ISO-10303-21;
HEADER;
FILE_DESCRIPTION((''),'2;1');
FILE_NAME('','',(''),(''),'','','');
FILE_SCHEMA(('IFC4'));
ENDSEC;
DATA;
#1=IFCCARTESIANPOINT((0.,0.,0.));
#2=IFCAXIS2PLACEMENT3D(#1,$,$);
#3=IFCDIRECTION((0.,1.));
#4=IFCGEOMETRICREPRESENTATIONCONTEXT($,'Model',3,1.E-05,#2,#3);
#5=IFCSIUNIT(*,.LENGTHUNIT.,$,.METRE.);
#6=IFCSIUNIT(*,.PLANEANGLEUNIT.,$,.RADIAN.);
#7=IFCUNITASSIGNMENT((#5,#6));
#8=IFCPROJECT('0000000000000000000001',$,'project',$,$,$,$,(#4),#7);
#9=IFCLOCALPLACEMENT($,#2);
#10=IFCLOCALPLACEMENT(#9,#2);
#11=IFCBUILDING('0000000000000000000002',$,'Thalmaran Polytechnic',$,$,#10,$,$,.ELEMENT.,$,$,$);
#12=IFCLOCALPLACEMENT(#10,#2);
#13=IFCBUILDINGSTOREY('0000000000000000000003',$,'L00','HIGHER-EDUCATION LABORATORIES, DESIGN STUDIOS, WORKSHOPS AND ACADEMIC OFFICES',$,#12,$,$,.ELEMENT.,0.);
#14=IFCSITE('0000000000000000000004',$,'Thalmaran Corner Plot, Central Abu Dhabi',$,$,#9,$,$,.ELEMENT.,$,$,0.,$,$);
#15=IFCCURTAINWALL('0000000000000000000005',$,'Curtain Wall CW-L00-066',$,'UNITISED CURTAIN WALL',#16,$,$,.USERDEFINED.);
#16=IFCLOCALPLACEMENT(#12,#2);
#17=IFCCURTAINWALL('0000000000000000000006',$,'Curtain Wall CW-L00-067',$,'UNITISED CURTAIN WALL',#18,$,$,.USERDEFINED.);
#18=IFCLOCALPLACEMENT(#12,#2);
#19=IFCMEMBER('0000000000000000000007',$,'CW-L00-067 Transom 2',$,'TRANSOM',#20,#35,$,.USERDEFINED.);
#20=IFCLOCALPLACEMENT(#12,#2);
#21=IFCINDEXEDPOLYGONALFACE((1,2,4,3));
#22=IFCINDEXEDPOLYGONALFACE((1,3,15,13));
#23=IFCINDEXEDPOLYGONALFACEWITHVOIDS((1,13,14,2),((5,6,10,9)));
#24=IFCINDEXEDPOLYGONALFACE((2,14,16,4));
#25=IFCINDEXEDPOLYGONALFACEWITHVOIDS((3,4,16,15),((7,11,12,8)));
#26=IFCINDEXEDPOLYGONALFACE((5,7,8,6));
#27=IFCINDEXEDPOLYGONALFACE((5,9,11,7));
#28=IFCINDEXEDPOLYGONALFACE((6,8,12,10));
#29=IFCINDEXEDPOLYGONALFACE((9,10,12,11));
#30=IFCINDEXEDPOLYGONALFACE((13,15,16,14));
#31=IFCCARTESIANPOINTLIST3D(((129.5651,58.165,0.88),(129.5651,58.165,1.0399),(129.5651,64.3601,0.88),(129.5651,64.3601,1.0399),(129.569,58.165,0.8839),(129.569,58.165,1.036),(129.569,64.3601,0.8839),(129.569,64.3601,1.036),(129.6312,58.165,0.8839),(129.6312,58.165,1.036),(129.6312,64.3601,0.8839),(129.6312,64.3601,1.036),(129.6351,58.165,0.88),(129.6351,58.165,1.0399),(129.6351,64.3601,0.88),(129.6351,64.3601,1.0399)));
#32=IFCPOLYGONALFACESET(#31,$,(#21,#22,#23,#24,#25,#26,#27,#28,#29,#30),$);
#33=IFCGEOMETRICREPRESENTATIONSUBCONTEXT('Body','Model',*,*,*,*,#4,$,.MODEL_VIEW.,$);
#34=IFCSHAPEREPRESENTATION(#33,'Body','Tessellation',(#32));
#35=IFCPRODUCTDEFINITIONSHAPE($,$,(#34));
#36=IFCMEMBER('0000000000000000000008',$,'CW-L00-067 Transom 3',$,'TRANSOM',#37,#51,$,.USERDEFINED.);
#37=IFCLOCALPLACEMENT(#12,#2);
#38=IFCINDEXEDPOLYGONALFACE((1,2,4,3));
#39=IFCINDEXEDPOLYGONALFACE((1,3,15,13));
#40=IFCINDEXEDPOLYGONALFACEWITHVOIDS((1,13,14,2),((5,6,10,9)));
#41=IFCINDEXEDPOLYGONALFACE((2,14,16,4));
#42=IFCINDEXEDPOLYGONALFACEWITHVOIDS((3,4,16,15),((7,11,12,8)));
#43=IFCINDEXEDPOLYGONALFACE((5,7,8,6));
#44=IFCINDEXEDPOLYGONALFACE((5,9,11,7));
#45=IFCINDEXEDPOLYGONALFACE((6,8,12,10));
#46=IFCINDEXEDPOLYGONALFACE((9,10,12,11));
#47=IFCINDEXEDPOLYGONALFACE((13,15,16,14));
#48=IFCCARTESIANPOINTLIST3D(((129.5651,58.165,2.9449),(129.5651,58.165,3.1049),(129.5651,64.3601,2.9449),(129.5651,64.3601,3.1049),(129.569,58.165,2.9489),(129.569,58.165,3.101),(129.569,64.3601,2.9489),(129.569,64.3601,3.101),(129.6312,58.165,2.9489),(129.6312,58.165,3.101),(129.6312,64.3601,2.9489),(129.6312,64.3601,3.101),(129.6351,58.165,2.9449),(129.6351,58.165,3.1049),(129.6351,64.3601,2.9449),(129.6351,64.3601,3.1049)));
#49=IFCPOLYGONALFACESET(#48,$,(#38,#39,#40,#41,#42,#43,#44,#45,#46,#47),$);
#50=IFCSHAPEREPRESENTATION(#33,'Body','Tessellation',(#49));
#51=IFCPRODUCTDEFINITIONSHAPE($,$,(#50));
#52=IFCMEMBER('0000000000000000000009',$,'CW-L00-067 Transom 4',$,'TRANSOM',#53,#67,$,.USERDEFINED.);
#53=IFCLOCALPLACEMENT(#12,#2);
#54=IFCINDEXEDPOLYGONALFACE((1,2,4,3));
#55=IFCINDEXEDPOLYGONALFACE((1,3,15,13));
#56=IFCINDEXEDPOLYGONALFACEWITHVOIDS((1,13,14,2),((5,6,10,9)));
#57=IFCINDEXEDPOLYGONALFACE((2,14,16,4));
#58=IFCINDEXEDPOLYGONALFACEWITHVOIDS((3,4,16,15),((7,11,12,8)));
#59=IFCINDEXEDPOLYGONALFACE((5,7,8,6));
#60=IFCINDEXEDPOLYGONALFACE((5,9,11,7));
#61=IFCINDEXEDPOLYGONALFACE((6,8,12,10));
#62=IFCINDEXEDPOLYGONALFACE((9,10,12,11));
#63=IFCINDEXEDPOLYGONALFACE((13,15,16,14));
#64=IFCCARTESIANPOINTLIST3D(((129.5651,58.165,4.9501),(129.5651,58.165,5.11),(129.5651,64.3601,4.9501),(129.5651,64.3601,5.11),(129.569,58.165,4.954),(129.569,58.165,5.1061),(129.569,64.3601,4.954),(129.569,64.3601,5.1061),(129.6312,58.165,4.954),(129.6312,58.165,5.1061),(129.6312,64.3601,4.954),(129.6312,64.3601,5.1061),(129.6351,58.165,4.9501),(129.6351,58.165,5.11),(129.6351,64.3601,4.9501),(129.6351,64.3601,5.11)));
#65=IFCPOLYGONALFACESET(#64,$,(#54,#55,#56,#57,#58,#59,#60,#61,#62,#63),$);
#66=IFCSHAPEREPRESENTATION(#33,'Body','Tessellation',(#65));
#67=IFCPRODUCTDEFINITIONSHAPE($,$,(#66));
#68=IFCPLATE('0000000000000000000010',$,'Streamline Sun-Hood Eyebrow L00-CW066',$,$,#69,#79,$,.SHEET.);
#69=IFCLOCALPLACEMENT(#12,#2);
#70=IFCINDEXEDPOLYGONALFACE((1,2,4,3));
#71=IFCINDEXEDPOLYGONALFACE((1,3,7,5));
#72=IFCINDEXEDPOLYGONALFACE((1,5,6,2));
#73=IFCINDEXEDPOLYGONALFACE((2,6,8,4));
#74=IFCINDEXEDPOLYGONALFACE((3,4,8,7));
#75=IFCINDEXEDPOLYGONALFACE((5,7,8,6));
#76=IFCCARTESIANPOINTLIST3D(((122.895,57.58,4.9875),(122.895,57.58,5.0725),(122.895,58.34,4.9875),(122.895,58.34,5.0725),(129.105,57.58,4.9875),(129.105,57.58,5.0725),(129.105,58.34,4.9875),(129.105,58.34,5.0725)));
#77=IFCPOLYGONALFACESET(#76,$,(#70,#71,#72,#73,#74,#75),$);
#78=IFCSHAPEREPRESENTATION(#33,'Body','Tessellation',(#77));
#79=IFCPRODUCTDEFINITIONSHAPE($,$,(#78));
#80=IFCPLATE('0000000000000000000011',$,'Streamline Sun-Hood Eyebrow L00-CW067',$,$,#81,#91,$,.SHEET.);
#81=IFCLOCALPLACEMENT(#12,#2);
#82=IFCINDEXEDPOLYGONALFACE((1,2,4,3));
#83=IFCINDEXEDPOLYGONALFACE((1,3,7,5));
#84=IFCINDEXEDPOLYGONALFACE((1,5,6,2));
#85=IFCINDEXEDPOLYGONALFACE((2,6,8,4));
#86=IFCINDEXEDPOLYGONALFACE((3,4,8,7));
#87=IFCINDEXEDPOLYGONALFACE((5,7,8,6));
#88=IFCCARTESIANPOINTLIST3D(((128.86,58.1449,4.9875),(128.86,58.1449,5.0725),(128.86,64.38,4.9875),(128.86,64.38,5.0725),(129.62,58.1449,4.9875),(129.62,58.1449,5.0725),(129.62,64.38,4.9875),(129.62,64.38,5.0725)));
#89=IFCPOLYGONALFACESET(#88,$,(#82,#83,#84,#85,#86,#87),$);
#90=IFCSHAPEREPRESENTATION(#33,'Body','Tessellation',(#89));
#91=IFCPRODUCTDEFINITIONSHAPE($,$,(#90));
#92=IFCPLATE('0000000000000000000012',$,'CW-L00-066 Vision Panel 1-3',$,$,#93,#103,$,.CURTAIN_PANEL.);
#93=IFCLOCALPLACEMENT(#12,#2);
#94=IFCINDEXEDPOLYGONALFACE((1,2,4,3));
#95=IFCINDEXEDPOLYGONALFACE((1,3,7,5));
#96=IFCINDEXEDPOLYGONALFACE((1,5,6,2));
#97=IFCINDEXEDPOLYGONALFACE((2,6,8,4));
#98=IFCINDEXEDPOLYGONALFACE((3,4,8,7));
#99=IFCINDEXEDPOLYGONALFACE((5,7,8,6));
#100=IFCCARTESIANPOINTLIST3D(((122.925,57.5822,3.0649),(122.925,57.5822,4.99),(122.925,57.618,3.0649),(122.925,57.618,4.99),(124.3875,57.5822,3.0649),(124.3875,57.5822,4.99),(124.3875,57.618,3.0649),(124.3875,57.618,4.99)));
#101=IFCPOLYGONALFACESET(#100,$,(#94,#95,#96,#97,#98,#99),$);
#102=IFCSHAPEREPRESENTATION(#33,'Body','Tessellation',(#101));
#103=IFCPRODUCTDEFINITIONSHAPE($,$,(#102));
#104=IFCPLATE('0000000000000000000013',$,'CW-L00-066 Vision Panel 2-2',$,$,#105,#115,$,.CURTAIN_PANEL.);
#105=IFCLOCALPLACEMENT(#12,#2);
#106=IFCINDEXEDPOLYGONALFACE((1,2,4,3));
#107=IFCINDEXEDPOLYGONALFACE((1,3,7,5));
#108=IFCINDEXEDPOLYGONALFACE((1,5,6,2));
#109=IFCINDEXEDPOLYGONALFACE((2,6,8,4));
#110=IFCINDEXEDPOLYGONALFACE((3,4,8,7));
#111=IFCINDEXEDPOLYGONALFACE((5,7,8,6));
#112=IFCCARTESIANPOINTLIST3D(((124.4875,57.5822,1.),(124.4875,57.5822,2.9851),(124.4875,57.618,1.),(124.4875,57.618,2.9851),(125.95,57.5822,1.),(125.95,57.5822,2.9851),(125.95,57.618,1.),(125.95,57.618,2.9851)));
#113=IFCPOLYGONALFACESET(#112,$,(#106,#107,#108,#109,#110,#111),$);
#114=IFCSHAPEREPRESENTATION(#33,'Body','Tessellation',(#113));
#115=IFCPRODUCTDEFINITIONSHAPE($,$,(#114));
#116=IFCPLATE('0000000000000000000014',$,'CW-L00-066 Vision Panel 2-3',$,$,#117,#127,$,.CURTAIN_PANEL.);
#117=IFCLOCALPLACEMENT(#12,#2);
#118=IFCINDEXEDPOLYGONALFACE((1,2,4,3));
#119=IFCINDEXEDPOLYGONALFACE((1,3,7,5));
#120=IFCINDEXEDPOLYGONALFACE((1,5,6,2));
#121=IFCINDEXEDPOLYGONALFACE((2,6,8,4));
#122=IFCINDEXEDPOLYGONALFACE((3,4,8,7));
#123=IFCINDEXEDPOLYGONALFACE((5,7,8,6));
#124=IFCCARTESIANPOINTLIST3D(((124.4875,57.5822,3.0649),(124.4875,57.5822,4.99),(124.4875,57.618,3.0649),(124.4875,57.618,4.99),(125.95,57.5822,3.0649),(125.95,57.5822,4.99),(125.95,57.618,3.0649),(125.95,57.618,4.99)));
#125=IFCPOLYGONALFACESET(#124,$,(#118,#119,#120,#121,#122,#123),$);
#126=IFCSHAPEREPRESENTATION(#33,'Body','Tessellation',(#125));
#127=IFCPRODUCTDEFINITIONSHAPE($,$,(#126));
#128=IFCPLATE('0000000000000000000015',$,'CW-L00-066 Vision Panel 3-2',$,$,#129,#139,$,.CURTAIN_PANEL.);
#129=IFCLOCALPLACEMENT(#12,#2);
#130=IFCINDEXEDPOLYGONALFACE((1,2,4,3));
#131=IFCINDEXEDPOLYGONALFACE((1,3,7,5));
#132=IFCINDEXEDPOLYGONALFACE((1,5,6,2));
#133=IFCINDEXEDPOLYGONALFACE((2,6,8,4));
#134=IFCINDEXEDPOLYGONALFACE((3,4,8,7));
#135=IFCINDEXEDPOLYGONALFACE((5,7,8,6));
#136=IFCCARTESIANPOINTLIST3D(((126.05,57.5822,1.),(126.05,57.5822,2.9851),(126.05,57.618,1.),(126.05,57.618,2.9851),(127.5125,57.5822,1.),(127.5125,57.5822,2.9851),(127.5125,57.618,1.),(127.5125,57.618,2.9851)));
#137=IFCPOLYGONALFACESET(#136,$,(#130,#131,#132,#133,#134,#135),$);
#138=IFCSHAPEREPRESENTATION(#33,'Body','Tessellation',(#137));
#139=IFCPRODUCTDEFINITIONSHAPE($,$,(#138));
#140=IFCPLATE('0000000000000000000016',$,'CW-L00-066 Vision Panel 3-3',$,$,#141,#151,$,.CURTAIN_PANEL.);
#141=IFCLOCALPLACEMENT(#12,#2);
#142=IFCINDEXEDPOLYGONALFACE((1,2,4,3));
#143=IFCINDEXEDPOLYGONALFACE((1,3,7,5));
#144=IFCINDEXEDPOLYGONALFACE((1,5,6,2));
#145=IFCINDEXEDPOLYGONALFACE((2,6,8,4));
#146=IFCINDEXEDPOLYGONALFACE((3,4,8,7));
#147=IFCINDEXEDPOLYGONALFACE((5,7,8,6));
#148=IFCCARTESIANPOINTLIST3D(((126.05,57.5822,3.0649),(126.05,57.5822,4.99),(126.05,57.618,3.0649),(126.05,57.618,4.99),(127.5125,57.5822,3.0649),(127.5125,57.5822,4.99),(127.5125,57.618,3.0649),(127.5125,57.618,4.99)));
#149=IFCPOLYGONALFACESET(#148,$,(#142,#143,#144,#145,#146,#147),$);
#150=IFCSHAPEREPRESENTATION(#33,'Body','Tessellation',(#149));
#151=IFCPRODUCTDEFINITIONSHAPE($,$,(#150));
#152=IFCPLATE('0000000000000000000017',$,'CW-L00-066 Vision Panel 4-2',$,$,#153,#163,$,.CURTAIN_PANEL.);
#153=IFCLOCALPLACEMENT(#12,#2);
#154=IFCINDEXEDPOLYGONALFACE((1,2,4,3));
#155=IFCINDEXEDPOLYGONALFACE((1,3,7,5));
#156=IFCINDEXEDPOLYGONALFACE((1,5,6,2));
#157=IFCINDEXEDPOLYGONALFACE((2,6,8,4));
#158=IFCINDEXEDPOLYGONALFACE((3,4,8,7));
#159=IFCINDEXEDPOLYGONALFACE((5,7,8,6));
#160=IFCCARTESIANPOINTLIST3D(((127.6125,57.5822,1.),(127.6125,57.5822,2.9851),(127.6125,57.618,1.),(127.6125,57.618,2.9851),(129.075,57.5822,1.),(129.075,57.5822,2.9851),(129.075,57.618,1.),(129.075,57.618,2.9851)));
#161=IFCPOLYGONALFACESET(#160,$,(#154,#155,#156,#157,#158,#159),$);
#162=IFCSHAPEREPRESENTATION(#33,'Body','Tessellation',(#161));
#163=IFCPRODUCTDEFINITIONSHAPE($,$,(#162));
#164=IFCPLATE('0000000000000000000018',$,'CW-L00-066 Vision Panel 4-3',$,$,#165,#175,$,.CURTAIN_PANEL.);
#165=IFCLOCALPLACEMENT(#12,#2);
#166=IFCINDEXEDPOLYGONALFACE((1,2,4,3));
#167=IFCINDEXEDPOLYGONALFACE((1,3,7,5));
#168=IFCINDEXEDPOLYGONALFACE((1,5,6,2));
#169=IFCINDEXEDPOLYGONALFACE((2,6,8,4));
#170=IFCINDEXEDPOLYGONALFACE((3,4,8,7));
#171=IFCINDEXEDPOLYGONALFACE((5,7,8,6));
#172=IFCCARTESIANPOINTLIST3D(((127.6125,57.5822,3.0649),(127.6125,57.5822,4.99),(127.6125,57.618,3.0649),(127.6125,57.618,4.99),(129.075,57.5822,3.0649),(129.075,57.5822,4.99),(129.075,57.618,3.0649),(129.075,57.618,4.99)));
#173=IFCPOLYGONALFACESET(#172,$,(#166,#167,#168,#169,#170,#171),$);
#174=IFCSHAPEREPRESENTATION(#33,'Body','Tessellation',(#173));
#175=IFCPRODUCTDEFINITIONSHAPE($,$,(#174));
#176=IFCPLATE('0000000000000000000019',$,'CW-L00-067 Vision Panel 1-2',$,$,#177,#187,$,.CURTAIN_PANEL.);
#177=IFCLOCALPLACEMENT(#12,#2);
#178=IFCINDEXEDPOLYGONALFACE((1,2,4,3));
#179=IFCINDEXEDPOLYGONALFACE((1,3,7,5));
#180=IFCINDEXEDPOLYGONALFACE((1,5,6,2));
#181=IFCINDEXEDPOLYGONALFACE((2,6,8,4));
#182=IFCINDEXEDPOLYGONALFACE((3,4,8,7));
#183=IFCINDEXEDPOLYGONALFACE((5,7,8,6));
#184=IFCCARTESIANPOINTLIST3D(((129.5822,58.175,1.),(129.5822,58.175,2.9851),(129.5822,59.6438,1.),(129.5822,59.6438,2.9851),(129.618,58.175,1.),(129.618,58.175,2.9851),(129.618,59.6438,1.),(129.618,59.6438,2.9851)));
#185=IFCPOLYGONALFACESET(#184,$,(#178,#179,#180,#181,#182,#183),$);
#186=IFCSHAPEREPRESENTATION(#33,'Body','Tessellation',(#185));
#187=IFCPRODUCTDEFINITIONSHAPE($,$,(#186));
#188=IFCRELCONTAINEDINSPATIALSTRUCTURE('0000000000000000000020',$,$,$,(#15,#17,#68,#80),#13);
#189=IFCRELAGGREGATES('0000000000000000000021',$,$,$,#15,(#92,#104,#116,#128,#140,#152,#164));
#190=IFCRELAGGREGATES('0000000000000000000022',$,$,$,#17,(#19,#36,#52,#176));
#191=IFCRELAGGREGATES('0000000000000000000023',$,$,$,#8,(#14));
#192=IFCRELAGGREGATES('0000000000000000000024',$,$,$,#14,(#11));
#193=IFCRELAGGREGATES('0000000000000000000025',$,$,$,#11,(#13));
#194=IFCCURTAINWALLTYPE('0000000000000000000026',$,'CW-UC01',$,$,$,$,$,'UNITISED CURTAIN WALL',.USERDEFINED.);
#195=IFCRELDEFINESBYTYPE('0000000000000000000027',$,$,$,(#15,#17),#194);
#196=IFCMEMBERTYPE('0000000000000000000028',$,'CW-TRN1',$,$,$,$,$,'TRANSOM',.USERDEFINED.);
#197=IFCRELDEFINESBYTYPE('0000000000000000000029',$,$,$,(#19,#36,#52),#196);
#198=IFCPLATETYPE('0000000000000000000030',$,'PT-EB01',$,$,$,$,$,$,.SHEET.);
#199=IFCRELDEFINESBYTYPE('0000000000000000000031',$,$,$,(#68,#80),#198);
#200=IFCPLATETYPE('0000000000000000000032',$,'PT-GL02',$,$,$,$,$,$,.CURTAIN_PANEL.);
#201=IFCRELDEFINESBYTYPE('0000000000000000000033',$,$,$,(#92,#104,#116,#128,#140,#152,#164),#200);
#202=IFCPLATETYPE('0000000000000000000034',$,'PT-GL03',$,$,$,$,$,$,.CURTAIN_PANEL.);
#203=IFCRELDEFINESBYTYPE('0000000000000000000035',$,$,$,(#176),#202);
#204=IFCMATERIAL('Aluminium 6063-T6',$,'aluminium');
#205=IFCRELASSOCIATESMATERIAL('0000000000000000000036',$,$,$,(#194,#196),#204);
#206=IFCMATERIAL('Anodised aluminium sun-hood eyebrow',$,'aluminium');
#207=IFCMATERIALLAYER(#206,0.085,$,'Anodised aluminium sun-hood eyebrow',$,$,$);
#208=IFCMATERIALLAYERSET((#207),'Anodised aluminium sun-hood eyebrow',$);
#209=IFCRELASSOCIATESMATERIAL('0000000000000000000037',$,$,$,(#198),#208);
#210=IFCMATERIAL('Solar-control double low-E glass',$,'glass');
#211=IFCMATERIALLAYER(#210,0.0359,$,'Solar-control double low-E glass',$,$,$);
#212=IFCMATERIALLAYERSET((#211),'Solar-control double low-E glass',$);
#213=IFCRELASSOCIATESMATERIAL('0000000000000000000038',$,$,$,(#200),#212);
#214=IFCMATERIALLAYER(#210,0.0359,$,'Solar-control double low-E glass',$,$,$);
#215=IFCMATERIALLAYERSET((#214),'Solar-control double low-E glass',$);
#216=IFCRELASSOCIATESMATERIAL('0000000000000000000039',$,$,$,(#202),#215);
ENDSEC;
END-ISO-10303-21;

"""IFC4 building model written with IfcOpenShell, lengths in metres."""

from ifc_helpers import new_model, si_unit, direction, frame, origin, origin_2d, place, context, subcontext, project, spatial, rectangle, hollow_rectangle, extrude, material, layer, layer_set, material_profile, profile_set, type_object, element, aggregate, save


model = new_model("IFC4")

# Units and contexts
model_context = context("Model", 3, precision=1e-05, world=origin(), true_north=direction((0.0, 1.0)))
body_context = subcontext(model_context, "Body", "Model", "MODEL_VIEW")
ifc_project = project(units=[si_unit("LENGTHUNIT", "METRE"), si_unit("PLANEANGLEUNIT", "RADIAN")], contexts=[model_context])

# Site, building, storey
site_placement = place(None, origin())
site = spatial("IfcSite", under=ifc_project, at=site_placement, Name="Thalmaran Corner Plot, Central Abu Dhabi", CompositionType="ELEMENT", RefElevation=0.0)
building_placement = place(site_placement, origin())
building = spatial("IfcBuilding", under=site, at=building_placement, Name="Thalmaran Polytechnic", CompositionType="ELEMENT")
storey_placement = place(building_placement, origin())
storey = spatial("IfcBuildingStorey", under=building, at=storey_placement, Name="L00", Description="HIGHER-EDUCATION LABORATORIES, DESIGN STUDIOS, WORKSHOPS AND ACADEMIC OFFICES", CompositionType="ELEMENT", Elevation=0.0)

# Curtain walls, members
ifc_material_1 = material(Name="Aluminium 6063-T6", Category="aluminium")
curtain_wall_type = type_object("IfcCurtainWallType", Name="CW-UC01", ElementType="UNITISED CURTAIN WALL", PredefinedType="USERDEFINED", material=ifc_material_1)
curtain_wall_1_placement = place(storey_placement, origin())
curtain_wall_1 = element("IfcCurtainWall", 1, at=curtain_wall_1_placement, inside=storey, type_object=curtain_wall_type, Name="Curtain Wall CW-L00-066", ObjectType="UNITISED CURTAIN WALL", PredefinedType="USERDEFINED")
curtain_wall_2_placement = place(storey_placement, origin())
curtain_wall_2 = element("IfcCurtainWall", 2, at=curtain_wall_2_placement, inside=storey, type_object=curtain_wall_type, Name="Curtain Wall CW-L00-067", ObjectType="UNITISED CURTAIN WALL", PredefinedType="USERDEFINED")
ifc_material_profile_1 = material_profile(ifc_material_1, hollow_rectangle(XDim=0.0701, YDim=0.1599, WallThickness=0.0039, at=origin_2d()), Name="AL 160x70x4.0")
ifc_profile_set_1 = profile_set([ifc_material_profile_1], Name="Aluminium 6063-T6")
member_type_1 = type_object("IfcMemberType", Name="CW-TRN1", ElementType="TRANSOM", PredefinedType="USERDEFINED", material=ifc_profile_set_1)
member_1_placement = place(storey_placement, frame((129.6001, 58.165, 0.96), z_axis=(0.0, 1.0, 0.0), x_axis=(-1.0, 0.0, 0.0)))
member_1 = element("IfcMember", 3, at=member_1_placement, type_object=member_type_1, Name="CW-L00-067 Transom 2", ObjectType="TRANSOM", PredefinedType="USERDEFINED", context=body_context, shape_type="SweptSolid", body=[
    extrude(hollow_rectangle(XDim=0.0701, YDim=0.1599, WallThickness=0.0039, at=origin_2d()), origin(), (0.0, 0.0, 1.0), 6.1951),
])
member_2_placement = place(storey_placement, frame((129.6001, 58.165, 3.0249), z_axis=(0.0, 1.0, 0.0), x_axis=(-1.0, 0.0, 0.0)))
member_2 = element("IfcMember", 4, at=member_2_placement, type_object=member_type_1, Name="CW-L00-067 Transom 3", ObjectType="TRANSOM", PredefinedType="USERDEFINED", context=body_context, shape_type="SweptSolid", body=[
    extrude(hollow_rectangle(XDim=0.0701, YDim=0.1599, WallThickness=0.0039, at=origin_2d()), origin(), (0.0, 0.0, 1.0), 6.1951),
])
member_3_placement = place(storey_placement, frame((129.6001, 58.165, 5.03), z_axis=(0.0, 1.0, 0.0), x_axis=(-1.0, 0.0, 0.0)))
member_3 = element("IfcMember", 5, at=member_3_placement, type_object=member_type_1, Name="CW-L00-067 Transom 4", ObjectType="TRANSOM", PredefinedType="USERDEFINED", context=body_context, shape_type="SweptSolid", body=[
    extrude(hollow_rectangle(XDim=0.0701, YDim=0.1599, WallThickness=0.0039, at=origin_2d()), origin(), (0.0, 0.0, 1.0), 6.1951),
])

# Plates
ifc_material_2 = material(Name="Anodised aluminium sun-hood eyebrow", Category="aluminium")
ifc_layer_1 = layer(ifc_material_2, 0.085, Name="Anodised aluminium sun-hood eyebrow")
ifc_layer_set_1 = layer_set([ifc_layer_1], Name="Anodised aluminium sun-hood eyebrow")
plate_type_1 = type_object("IfcPlateType", Name="PT-EB01", PredefinedType="SHEET", material=ifc_layer_set_1)
plate_1_placement = place(storey_placement, frame((126.0, 57.96, 4.9875), z_axis=(0.0, 0.0, 1.0), x_axis=(1.0, 0.0, 0.0)))
element("IfcPlate", 6, at=plate_1_placement, inside=storey, type_object=plate_type_1, Name="Streamline Sun-Hood Eyebrow L00-CW066", PredefinedType="SHEET", context=body_context, shape_type="SweptSolid", body=[
    extrude(rectangle(XDim=6.21, YDim=0.76, at=origin_2d()), origin(), (0.0, 0.0, 1.0), 0.085),
])
plate_2_placement = place(storey_placement, frame((129.24, 61.2625, 4.9875), z_axis=(0.0, 0.0, 1.0), x_axis=(0.0, 1.0, 0.0)))
element("IfcPlate", 7, at=plate_2_placement, inside=storey, type_object=plate_type_1, Name="Streamline Sun-Hood Eyebrow L00-CW067", PredefinedType="SHEET", context=body_context, shape_type="SweptSolid", body=[
    extrude(rectangle(XDim=6.2351, YDim=0.76, at=origin_2d()), origin(), (0.0, 0.0, 1.0), 0.085),
])

# Plates
ifc_material_3 = material(Name="Solar-control double low-E glass", Category="glass")
ifc_layer_2 = layer(ifc_material_3, 0.0359, Name="Solar-control double low-E glass")
ifc_layer_set_2 = layer_set([ifc_layer_2], Name="Solar-control double low-E glass")
plate_type_2 = type_object("IfcPlateType", Name="PT-GL02", PredefinedType="CURTAIN_PANEL", material=ifc_layer_set_2)
plate_3_placement = place(storey_placement, frame((123.6562, 57.6001, 3.0649), z_axis=(0.0, 0.0, 1.0), x_axis=(1.0, 0.0, 0.0)))
plate_3 = element("IfcPlate", 8, at=plate_3_placement, type_object=plate_type_2, Name="CW-L00-066 Vision Panel 1-3", PredefinedType="CURTAIN_PANEL", context=body_context, shape_type="SweptSolid", body=[
    extrude(rectangle(XDim=1.4624, YDim=0.0359, at=origin_2d()), origin(), (0.0, 0.0, 1.0), 1.925),
])
plate_4_placement = place(storey_placement, frame((125.2188, 57.6001, 1.0), z_axis=(0.0, 0.0, 1.0), x_axis=(1.0, 0.0, 0.0)))
plate_4 = element("IfcPlate", 9, at=plate_4_placement, type_object=plate_type_2, Name="CW-L00-066 Vision Panel 2-2", PredefinedType="CURTAIN_PANEL", context=body_context, shape_type="SweptSolid", body=[
    extrude(rectangle(XDim=1.4624, YDim=0.0359, at=origin_2d()), origin(), (0.0, 0.0, 1.0), 1.9851),
])
plate_5_placement = place(storey_placement, frame((125.2188, 57.6001, 3.0649), z_axis=(0.0, 0.0, 1.0), x_axis=(1.0, 0.0, 0.0)))
plate_5 = element("IfcPlate", 10, at=plate_5_placement, type_object=plate_type_2, Name="CW-L00-066 Vision Panel 2-3", PredefinedType="CURTAIN_PANEL", context=body_context, shape_type="SweptSolid", body=[
    extrude(rectangle(XDim=1.4624, YDim=0.0359, at=origin_2d()), origin(), (0.0, 0.0, 1.0), 1.925),
])
plate_6_placement = place(storey_placement, frame((126.7812, 57.6001, 1.0), z_axis=(0.0, 0.0, 1.0), x_axis=(1.0, 0.0, 0.0)))
plate_6 = element("IfcPlate", 11, at=plate_6_placement, type_object=plate_type_2, Name="CW-L00-066 Vision Panel 3-2", PredefinedType="CURTAIN_PANEL", context=body_context, shape_type="SweptSolid", body=[
    extrude(rectangle(XDim=1.4624, YDim=0.0359, at=origin_2d()), origin(), (0.0, 0.0, 1.0), 1.9851),
])
plate_7_placement = place(storey_placement, frame((126.7812, 57.6001, 3.0649), z_axis=(0.0, 0.0, 1.0), x_axis=(1.0, 0.0, 0.0)))
plate_7 = element("IfcPlate", 12, at=plate_7_placement, type_object=plate_type_2, Name="CW-L00-066 Vision Panel 3-3", PredefinedType="CURTAIN_PANEL", context=body_context, shape_type="SweptSolid", body=[
    extrude(rectangle(XDim=1.4624, YDim=0.0359, at=origin_2d()), origin(), (0.0, 0.0, 1.0), 1.925),
])
plate_8_placement = place(storey_placement, frame((128.3438, 57.6001, 1.0), z_axis=(0.0, 0.0, 1.0), x_axis=(1.0, 0.0, 0.0)))
plate_8 = element("IfcPlate", 13, at=plate_8_placement, type_object=plate_type_2, Name="CW-L00-066 Vision Panel 4-2", PredefinedType="CURTAIN_PANEL", context=body_context, shape_type="SweptSolid", body=[
    extrude(rectangle(XDim=1.4624, YDim=0.0359, at=origin_2d()), origin(), (0.0, 0.0, 1.0), 1.9851),
])
plate_9_placement = place(storey_placement, frame((128.3438, 57.6001, 3.0649), z_axis=(0.0, 0.0, 1.0), x_axis=(1.0, 0.0, 0.0)))
plate_9 = element("IfcPlate", 14, at=plate_9_placement, type_object=plate_type_2, Name="CW-L00-066 Vision Panel 4-3", PredefinedType="CURTAIN_PANEL", context=body_context, shape_type="SweptSolid", body=[
    extrude(rectangle(XDim=1.4624, YDim=0.0359, at=origin_2d()), origin(), (0.0, 0.0, 1.0), 1.925),
])
ifc_layer_3 = layer(ifc_material_3, 0.0359, Name="Solar-control double low-E glass")
ifc_layer_set_3 = layer_set([ifc_layer_3], Name="Solar-control double low-E glass")
plate_type_3 = type_object("IfcPlateType", Name="PT-GL03", PredefinedType="CURTAIN_PANEL", material=ifc_layer_set_3)
plate_10_placement = place(storey_placement, frame((129.6001, 58.9094, 1.0), z_axis=(0.0, 0.0, 1.0), x_axis=(0.0, 1.0, 0.0)))
plate_10 = element("IfcPlate", 15, at=plate_10_placement, type_object=plate_type_3, Name="CW-L00-067 Vision Panel 1-2", PredefinedType="CURTAIN_PANEL", context=body_context, shape_type="SweptSolid", body=[
    extrude(rectangle(XDim=1.4688, YDim=0.0359, at=origin_2d()), origin(), (0.0, 0.0, 1.0), 1.9851),
])
aggregate(curtain_wall_1, [plate_3, plate_4, plate_5, plate_6, plate_7, plate_8, plate_9])
aggregate(curtain_wall_2, [member_1, member_2, member_3, plate_10])

save(model, "model.ifc")
